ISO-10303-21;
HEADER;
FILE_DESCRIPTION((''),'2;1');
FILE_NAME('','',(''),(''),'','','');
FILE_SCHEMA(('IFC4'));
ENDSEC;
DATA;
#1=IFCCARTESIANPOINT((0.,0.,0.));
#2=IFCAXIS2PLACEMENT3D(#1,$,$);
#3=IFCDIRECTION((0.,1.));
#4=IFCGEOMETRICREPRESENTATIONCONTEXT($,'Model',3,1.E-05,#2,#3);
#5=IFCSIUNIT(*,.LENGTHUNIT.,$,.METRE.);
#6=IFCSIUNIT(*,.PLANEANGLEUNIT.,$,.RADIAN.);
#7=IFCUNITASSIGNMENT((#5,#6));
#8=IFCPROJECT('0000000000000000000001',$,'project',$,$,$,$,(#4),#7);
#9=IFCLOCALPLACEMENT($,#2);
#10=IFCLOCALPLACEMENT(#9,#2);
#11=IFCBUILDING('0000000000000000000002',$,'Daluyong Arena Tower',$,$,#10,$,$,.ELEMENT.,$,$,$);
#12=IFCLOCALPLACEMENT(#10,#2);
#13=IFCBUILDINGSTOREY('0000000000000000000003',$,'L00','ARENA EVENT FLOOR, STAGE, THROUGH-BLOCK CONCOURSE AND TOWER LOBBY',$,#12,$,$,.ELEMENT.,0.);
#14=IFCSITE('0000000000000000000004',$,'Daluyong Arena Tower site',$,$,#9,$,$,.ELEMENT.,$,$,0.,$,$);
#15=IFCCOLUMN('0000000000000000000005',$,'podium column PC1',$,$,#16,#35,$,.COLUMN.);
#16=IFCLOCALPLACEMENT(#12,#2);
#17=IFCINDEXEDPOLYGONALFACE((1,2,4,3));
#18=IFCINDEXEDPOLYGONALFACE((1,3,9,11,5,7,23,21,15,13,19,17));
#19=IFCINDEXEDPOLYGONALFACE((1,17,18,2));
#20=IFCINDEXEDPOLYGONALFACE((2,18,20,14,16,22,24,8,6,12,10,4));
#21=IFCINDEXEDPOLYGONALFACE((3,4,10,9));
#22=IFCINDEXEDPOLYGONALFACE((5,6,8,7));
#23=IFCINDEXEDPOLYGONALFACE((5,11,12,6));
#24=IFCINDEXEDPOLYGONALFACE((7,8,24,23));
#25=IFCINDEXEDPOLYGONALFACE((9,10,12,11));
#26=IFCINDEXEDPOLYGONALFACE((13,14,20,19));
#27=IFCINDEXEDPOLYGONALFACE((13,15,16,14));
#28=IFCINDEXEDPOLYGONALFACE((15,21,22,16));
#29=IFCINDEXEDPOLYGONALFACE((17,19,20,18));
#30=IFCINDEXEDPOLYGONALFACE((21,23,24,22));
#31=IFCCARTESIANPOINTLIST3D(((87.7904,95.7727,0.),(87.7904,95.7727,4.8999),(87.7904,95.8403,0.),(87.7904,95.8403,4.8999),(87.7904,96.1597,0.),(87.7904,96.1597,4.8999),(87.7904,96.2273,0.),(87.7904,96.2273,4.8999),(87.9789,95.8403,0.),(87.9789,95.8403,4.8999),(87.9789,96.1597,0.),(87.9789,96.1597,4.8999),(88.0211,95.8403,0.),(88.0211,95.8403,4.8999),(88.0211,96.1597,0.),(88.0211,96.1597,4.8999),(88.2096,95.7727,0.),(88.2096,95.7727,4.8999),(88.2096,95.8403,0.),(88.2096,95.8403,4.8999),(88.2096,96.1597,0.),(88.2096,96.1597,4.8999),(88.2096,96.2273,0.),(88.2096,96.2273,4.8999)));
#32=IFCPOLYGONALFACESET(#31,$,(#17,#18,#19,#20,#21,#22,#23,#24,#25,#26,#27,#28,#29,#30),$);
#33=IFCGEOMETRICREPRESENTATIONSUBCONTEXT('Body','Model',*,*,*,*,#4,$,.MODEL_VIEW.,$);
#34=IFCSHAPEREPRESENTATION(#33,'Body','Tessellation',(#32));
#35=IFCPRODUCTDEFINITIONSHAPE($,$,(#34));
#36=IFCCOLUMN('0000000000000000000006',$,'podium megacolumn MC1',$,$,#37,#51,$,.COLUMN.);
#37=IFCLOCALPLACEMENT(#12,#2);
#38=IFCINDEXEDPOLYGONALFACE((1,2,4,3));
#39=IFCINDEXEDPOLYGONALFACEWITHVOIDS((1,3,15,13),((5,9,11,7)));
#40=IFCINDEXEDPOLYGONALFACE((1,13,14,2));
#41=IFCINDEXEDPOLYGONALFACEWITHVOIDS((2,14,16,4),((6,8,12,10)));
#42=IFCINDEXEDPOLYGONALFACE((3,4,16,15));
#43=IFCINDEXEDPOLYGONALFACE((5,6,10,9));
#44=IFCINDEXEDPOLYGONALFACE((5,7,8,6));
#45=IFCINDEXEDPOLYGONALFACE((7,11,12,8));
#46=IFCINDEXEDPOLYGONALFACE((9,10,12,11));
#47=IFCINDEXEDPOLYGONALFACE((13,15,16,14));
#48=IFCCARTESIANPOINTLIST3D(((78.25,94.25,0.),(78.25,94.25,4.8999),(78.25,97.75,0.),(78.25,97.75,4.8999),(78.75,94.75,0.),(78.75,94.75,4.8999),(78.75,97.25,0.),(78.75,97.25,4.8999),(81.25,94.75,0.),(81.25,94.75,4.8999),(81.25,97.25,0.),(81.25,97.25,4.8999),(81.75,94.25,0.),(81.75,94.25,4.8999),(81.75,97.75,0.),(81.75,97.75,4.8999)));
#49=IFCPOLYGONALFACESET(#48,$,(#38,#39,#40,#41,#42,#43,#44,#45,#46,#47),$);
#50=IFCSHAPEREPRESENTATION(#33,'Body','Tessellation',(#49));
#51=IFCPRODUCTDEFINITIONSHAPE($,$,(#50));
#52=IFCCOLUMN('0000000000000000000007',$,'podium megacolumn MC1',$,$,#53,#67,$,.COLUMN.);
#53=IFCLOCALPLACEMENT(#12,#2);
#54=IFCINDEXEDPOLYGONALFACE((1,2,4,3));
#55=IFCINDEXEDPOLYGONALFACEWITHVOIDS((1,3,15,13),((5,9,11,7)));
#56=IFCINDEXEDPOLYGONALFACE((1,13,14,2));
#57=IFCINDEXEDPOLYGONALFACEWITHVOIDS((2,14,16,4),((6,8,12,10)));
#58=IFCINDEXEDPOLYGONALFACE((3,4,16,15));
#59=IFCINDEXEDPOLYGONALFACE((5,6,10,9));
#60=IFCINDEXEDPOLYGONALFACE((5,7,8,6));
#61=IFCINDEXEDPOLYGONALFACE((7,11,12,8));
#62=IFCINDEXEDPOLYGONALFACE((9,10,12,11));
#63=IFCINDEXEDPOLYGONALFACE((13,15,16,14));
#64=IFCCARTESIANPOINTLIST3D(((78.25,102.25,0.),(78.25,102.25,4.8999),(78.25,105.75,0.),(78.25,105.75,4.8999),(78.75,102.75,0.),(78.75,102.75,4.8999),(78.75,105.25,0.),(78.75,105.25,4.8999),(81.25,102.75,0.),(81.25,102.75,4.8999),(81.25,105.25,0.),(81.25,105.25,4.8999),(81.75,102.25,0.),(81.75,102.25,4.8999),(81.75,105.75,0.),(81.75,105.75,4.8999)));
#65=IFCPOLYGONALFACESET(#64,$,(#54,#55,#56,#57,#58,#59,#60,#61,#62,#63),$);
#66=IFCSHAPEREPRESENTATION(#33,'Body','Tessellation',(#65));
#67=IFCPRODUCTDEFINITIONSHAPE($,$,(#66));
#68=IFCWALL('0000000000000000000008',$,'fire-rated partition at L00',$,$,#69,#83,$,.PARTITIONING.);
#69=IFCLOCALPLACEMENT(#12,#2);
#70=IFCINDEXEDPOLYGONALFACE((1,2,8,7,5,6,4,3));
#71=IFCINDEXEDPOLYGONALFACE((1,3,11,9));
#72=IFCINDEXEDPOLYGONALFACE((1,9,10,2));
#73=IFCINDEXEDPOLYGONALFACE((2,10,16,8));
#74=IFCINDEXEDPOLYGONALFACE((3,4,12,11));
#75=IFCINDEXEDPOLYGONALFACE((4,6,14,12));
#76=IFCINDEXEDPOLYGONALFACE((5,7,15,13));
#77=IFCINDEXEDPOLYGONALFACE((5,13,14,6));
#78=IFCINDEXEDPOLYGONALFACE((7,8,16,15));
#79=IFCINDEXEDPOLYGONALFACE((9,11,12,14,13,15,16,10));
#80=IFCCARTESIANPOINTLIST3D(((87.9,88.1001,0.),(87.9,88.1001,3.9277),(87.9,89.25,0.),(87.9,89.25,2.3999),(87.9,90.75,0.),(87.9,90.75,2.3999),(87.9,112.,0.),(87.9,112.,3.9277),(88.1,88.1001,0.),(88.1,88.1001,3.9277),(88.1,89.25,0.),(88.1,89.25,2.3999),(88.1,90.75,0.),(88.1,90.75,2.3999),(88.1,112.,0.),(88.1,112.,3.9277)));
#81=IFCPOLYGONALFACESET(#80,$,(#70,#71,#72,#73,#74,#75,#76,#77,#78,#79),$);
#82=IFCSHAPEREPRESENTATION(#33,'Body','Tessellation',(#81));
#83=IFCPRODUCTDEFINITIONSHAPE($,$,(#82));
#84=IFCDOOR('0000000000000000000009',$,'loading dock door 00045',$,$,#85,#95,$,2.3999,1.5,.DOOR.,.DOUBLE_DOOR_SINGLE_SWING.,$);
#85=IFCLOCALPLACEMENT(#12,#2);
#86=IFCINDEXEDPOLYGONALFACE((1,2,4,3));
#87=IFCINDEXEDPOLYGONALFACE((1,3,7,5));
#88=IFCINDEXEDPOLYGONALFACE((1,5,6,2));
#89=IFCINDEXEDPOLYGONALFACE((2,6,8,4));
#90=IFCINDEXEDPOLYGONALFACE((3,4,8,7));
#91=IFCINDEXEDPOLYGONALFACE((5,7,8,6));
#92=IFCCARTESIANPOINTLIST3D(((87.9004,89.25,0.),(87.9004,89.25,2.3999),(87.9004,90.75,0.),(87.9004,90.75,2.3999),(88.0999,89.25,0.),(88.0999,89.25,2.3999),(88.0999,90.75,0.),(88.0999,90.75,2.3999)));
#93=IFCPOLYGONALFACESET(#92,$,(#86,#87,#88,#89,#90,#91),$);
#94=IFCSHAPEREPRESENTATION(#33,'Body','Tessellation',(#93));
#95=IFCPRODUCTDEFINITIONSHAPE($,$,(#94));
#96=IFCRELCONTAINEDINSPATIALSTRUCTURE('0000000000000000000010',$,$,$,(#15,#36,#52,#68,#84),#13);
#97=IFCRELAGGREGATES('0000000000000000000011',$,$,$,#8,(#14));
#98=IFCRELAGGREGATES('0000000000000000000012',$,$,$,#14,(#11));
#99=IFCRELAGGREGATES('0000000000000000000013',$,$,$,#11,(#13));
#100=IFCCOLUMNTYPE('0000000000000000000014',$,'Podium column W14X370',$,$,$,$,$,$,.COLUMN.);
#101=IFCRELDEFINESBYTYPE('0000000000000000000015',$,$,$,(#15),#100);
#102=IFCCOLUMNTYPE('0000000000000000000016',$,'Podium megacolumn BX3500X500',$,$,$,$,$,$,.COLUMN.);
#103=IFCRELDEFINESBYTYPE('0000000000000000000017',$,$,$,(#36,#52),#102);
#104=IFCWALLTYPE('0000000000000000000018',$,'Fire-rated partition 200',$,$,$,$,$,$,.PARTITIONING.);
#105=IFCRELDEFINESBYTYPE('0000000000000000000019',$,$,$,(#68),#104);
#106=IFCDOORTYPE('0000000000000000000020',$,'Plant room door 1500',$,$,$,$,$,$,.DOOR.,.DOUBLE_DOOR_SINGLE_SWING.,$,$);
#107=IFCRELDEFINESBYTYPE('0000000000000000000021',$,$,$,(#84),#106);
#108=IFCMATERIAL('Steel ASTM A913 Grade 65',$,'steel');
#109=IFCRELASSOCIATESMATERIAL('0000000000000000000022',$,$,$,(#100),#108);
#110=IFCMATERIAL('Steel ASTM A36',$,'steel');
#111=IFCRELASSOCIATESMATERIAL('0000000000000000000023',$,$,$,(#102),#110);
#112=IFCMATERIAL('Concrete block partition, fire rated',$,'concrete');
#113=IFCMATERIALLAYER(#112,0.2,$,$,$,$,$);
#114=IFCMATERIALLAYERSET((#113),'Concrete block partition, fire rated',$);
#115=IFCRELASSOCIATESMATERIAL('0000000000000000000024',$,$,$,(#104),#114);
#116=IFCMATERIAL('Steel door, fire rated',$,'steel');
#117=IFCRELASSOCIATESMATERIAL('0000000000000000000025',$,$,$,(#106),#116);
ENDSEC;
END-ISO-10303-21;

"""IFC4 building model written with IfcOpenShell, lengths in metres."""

from ifc_helpers import new_model, si_unit, direction, frame, frame_2d, origin, origin_2d, place, context, subcontext, project, spatial, rectangle, hollow_rectangle, i_section, extrude, material, layer, layer_set, material_profile, profile_set, type_object, element, fill, save


model = new_model("IFC4")

# Units and contexts
model_context = context("Model", 3, precision=1e-05, world=origin(), true_north=direction((0.0, 1.0)))
body_context = subcontext(model_context, "Body", "Model", "MODEL_VIEW")
ifc_project = project(units=[si_unit("LENGTHUNIT", "METRE"), si_unit("PLANEANGLEUNIT", "RADIAN")], contexts=[model_context])

# Site, building, storey
site_placement = place(None, origin())
site = spatial("IfcSite", under=ifc_project, at=site_placement, Name="Daluyong Arena Tower site", CompositionType="ELEMENT", RefElevation=0.0)
building_placement = place(site_placement, origin())
building = spatial("IfcBuilding", under=site, at=building_placement, Name="Daluyong Arena Tower", CompositionType="ELEMENT")
storey_placement = place(building_placement, origin())
storey = spatial("IfcBuildingStorey", under=building, at=storey_placement, Name="L00", Description="ARENA EVENT FLOOR, STAGE, THROUGH-BLOCK CONCOURSE AND TOWER LOBBY", CompositionType="ELEMENT", Elevation=0.0)

# Columns
ifc_material_1 = material(Name="Steel ASTM A913 Grade 65", Category="steel")
ifc_material_profile_1 = material_profile(ifc_material_1, i_section(OverallWidth=0.4192, OverallDepth=0.4546, WebThickness=0.0422, FlangeThickness=0.0676, at=origin_2d()))
ifc_profile_set_1 = profile_set([ifc_material_profile_1], Name="Steel ASTM A913 Grade 65")
column_type_1 = type_object("IfcColumnType", Name="Podium column W14X370", PredefinedType="COLUMN", material=ifc_profile_set_1)
column_placement = place(storey_placement, frame((88.0, 96.0, 0.0), z_axis=(0.0, 0.0, 1.0), x_axis=(1.0, 0.0, 0.0)))
element("IfcColumn", 1, at=column_placement, inside=storey, type_object=column_type_1, Name="podium column PC1", PredefinedType="COLUMN", context=body_context, shape_type="SweptSolid", body=[
    extrude(i_section(OverallWidth=0.4192, OverallDepth=0.4546, WebThickness=0.0422, FlangeThickness=0.0676, at=origin_2d()), origin(), (0.0, 0.0, 1.0), 4.8999),
])
ifc_material_2 = material(Name="Steel ASTM A36", Category="steel")
ifc_material_profile_2 = material_profile(ifc_material_2, hollow_rectangle(XDim=3.5, YDim=3.5, WallThickness=0.5, at=origin_2d()))
ifc_profile_set_2 = profile_set([ifc_material_profile_2], Name="Steel ASTM A36")
column_type_2 = type_object("IfcColumnType", Name="Podium megacolumn BX3500X500", PredefinedType="COLUMN", material=ifc_profile_set_2)
for number, where, z_axis, x_axis, name in (
    (2, (80.0, 96.0, 0.0), (0.0, 0.0, 1.0), (1.0, 0.0, 0.0), "podium megacolumn MC1"),
    (3, (80.0, 104.0, 0.0), (0.0, 0.0, 1.0), (1.0, 0.0, 0.0), "podium megacolumn MC1"),
):
    element("IfcColumn", number, at=place(storey_placement, frame(where, z_axis=z_axis, x_axis=x_axis)), inside=storey, type_object=column_type_2, Name=name, PredefinedType="COLUMN", context=body_context, shape_type="SweptSolid", body=[
        extrude(hollow_rectangle(XDim=3.5, YDim=3.5, WallThickness=0.5, at=origin_2d()), origin(), (0.0, 0.0, 1.0), 4.8999),
    ])

# Wall, opening, door
ifc_material_3 = material(Name="Concrete block partition, fire rated", Category="concrete")
ifc_layer_1 = layer(ifc_material_3, 0.2)
ifc_layer_set_1 = layer_set([ifc_layer_1], Name="Concrete block partition, fire rated")
wall_type = type_object("IfcWallType", Name="Fire-rated partition 200", PredefinedType="PARTITIONING", material=ifc_layer_set_1)
wall_placement = place(storey_placement, frame((88.0, 88.1001, 0.0), z_axis=(0.0, 0.0, 1.0), x_axis=(0.0, 1.0, 0.0)))
wall = element("IfcWall", 4, at=wall_placement, inside=storey, type_object=wall_type, Name="fire-rated partition at L00", PredefinedType="PARTITIONING", context=body_context, shape_type="SweptSolid", body=[
    extrude(rectangle(XDim=23.8999, YDim=0.2, at=frame_2d((11.95, 0.0))), origin(), (0.0, 0.0, 1.0), 3.9277),
])
opening_placement = place(wall_placement, frame((1.1499, 0.0, 0.0)))
opening = element("IfcOpeningElement", 5, at=opening_placement, cuts=wall, PredefinedType="OPENING", context=body_context, shape_type="SweptSolid", body=[
    extrude(rectangle(XDim=1.5, YDim=2.3999, at=frame_2d((0.75, 1.2))), frame((0.0, 0.1099, 0.0), z_axis=(0.0, -1.0, 0.0), x_axis=(1.0, 0.0, 0.0)), (0.0, 0.0, 1.0), 0.22),
])
ifc_material_4 = material(Name="Steel door, fire rated", Category="steel")
door_type = type_object("IfcDoorType", Name="Plant room door 1500", OperationType="DOUBLE_DOOR_SINGLE_SWING", PredefinedType="DOOR", material=ifc_material_4)
door_placement = place(opening_placement, origin())
door = element("IfcDoor", 6, at=door_placement, inside=storey, type_object=door_type, Name="loading dock door 00045", OperationType="DOUBLE_DOOR_SINGLE_SWING", OverallHeight=2.3999, OverallWidth=1.5, PredefinedType="DOOR", context=body_context, shape_type="SweptSolid", body=[
    extrude(rectangle(XDim=1.5, YDim=2.3999, at=frame_2d((0.75, 1.2))), frame((0.0, 0.0996, 0.0), z_axis=(0.0, -1.0, 0.0), x_axis=(1.0, 0.0, 0.0)), (0.0, 0.0, 1.0), 0.1995),
])
fill(opening, door)

save(model, "model.ifc")
